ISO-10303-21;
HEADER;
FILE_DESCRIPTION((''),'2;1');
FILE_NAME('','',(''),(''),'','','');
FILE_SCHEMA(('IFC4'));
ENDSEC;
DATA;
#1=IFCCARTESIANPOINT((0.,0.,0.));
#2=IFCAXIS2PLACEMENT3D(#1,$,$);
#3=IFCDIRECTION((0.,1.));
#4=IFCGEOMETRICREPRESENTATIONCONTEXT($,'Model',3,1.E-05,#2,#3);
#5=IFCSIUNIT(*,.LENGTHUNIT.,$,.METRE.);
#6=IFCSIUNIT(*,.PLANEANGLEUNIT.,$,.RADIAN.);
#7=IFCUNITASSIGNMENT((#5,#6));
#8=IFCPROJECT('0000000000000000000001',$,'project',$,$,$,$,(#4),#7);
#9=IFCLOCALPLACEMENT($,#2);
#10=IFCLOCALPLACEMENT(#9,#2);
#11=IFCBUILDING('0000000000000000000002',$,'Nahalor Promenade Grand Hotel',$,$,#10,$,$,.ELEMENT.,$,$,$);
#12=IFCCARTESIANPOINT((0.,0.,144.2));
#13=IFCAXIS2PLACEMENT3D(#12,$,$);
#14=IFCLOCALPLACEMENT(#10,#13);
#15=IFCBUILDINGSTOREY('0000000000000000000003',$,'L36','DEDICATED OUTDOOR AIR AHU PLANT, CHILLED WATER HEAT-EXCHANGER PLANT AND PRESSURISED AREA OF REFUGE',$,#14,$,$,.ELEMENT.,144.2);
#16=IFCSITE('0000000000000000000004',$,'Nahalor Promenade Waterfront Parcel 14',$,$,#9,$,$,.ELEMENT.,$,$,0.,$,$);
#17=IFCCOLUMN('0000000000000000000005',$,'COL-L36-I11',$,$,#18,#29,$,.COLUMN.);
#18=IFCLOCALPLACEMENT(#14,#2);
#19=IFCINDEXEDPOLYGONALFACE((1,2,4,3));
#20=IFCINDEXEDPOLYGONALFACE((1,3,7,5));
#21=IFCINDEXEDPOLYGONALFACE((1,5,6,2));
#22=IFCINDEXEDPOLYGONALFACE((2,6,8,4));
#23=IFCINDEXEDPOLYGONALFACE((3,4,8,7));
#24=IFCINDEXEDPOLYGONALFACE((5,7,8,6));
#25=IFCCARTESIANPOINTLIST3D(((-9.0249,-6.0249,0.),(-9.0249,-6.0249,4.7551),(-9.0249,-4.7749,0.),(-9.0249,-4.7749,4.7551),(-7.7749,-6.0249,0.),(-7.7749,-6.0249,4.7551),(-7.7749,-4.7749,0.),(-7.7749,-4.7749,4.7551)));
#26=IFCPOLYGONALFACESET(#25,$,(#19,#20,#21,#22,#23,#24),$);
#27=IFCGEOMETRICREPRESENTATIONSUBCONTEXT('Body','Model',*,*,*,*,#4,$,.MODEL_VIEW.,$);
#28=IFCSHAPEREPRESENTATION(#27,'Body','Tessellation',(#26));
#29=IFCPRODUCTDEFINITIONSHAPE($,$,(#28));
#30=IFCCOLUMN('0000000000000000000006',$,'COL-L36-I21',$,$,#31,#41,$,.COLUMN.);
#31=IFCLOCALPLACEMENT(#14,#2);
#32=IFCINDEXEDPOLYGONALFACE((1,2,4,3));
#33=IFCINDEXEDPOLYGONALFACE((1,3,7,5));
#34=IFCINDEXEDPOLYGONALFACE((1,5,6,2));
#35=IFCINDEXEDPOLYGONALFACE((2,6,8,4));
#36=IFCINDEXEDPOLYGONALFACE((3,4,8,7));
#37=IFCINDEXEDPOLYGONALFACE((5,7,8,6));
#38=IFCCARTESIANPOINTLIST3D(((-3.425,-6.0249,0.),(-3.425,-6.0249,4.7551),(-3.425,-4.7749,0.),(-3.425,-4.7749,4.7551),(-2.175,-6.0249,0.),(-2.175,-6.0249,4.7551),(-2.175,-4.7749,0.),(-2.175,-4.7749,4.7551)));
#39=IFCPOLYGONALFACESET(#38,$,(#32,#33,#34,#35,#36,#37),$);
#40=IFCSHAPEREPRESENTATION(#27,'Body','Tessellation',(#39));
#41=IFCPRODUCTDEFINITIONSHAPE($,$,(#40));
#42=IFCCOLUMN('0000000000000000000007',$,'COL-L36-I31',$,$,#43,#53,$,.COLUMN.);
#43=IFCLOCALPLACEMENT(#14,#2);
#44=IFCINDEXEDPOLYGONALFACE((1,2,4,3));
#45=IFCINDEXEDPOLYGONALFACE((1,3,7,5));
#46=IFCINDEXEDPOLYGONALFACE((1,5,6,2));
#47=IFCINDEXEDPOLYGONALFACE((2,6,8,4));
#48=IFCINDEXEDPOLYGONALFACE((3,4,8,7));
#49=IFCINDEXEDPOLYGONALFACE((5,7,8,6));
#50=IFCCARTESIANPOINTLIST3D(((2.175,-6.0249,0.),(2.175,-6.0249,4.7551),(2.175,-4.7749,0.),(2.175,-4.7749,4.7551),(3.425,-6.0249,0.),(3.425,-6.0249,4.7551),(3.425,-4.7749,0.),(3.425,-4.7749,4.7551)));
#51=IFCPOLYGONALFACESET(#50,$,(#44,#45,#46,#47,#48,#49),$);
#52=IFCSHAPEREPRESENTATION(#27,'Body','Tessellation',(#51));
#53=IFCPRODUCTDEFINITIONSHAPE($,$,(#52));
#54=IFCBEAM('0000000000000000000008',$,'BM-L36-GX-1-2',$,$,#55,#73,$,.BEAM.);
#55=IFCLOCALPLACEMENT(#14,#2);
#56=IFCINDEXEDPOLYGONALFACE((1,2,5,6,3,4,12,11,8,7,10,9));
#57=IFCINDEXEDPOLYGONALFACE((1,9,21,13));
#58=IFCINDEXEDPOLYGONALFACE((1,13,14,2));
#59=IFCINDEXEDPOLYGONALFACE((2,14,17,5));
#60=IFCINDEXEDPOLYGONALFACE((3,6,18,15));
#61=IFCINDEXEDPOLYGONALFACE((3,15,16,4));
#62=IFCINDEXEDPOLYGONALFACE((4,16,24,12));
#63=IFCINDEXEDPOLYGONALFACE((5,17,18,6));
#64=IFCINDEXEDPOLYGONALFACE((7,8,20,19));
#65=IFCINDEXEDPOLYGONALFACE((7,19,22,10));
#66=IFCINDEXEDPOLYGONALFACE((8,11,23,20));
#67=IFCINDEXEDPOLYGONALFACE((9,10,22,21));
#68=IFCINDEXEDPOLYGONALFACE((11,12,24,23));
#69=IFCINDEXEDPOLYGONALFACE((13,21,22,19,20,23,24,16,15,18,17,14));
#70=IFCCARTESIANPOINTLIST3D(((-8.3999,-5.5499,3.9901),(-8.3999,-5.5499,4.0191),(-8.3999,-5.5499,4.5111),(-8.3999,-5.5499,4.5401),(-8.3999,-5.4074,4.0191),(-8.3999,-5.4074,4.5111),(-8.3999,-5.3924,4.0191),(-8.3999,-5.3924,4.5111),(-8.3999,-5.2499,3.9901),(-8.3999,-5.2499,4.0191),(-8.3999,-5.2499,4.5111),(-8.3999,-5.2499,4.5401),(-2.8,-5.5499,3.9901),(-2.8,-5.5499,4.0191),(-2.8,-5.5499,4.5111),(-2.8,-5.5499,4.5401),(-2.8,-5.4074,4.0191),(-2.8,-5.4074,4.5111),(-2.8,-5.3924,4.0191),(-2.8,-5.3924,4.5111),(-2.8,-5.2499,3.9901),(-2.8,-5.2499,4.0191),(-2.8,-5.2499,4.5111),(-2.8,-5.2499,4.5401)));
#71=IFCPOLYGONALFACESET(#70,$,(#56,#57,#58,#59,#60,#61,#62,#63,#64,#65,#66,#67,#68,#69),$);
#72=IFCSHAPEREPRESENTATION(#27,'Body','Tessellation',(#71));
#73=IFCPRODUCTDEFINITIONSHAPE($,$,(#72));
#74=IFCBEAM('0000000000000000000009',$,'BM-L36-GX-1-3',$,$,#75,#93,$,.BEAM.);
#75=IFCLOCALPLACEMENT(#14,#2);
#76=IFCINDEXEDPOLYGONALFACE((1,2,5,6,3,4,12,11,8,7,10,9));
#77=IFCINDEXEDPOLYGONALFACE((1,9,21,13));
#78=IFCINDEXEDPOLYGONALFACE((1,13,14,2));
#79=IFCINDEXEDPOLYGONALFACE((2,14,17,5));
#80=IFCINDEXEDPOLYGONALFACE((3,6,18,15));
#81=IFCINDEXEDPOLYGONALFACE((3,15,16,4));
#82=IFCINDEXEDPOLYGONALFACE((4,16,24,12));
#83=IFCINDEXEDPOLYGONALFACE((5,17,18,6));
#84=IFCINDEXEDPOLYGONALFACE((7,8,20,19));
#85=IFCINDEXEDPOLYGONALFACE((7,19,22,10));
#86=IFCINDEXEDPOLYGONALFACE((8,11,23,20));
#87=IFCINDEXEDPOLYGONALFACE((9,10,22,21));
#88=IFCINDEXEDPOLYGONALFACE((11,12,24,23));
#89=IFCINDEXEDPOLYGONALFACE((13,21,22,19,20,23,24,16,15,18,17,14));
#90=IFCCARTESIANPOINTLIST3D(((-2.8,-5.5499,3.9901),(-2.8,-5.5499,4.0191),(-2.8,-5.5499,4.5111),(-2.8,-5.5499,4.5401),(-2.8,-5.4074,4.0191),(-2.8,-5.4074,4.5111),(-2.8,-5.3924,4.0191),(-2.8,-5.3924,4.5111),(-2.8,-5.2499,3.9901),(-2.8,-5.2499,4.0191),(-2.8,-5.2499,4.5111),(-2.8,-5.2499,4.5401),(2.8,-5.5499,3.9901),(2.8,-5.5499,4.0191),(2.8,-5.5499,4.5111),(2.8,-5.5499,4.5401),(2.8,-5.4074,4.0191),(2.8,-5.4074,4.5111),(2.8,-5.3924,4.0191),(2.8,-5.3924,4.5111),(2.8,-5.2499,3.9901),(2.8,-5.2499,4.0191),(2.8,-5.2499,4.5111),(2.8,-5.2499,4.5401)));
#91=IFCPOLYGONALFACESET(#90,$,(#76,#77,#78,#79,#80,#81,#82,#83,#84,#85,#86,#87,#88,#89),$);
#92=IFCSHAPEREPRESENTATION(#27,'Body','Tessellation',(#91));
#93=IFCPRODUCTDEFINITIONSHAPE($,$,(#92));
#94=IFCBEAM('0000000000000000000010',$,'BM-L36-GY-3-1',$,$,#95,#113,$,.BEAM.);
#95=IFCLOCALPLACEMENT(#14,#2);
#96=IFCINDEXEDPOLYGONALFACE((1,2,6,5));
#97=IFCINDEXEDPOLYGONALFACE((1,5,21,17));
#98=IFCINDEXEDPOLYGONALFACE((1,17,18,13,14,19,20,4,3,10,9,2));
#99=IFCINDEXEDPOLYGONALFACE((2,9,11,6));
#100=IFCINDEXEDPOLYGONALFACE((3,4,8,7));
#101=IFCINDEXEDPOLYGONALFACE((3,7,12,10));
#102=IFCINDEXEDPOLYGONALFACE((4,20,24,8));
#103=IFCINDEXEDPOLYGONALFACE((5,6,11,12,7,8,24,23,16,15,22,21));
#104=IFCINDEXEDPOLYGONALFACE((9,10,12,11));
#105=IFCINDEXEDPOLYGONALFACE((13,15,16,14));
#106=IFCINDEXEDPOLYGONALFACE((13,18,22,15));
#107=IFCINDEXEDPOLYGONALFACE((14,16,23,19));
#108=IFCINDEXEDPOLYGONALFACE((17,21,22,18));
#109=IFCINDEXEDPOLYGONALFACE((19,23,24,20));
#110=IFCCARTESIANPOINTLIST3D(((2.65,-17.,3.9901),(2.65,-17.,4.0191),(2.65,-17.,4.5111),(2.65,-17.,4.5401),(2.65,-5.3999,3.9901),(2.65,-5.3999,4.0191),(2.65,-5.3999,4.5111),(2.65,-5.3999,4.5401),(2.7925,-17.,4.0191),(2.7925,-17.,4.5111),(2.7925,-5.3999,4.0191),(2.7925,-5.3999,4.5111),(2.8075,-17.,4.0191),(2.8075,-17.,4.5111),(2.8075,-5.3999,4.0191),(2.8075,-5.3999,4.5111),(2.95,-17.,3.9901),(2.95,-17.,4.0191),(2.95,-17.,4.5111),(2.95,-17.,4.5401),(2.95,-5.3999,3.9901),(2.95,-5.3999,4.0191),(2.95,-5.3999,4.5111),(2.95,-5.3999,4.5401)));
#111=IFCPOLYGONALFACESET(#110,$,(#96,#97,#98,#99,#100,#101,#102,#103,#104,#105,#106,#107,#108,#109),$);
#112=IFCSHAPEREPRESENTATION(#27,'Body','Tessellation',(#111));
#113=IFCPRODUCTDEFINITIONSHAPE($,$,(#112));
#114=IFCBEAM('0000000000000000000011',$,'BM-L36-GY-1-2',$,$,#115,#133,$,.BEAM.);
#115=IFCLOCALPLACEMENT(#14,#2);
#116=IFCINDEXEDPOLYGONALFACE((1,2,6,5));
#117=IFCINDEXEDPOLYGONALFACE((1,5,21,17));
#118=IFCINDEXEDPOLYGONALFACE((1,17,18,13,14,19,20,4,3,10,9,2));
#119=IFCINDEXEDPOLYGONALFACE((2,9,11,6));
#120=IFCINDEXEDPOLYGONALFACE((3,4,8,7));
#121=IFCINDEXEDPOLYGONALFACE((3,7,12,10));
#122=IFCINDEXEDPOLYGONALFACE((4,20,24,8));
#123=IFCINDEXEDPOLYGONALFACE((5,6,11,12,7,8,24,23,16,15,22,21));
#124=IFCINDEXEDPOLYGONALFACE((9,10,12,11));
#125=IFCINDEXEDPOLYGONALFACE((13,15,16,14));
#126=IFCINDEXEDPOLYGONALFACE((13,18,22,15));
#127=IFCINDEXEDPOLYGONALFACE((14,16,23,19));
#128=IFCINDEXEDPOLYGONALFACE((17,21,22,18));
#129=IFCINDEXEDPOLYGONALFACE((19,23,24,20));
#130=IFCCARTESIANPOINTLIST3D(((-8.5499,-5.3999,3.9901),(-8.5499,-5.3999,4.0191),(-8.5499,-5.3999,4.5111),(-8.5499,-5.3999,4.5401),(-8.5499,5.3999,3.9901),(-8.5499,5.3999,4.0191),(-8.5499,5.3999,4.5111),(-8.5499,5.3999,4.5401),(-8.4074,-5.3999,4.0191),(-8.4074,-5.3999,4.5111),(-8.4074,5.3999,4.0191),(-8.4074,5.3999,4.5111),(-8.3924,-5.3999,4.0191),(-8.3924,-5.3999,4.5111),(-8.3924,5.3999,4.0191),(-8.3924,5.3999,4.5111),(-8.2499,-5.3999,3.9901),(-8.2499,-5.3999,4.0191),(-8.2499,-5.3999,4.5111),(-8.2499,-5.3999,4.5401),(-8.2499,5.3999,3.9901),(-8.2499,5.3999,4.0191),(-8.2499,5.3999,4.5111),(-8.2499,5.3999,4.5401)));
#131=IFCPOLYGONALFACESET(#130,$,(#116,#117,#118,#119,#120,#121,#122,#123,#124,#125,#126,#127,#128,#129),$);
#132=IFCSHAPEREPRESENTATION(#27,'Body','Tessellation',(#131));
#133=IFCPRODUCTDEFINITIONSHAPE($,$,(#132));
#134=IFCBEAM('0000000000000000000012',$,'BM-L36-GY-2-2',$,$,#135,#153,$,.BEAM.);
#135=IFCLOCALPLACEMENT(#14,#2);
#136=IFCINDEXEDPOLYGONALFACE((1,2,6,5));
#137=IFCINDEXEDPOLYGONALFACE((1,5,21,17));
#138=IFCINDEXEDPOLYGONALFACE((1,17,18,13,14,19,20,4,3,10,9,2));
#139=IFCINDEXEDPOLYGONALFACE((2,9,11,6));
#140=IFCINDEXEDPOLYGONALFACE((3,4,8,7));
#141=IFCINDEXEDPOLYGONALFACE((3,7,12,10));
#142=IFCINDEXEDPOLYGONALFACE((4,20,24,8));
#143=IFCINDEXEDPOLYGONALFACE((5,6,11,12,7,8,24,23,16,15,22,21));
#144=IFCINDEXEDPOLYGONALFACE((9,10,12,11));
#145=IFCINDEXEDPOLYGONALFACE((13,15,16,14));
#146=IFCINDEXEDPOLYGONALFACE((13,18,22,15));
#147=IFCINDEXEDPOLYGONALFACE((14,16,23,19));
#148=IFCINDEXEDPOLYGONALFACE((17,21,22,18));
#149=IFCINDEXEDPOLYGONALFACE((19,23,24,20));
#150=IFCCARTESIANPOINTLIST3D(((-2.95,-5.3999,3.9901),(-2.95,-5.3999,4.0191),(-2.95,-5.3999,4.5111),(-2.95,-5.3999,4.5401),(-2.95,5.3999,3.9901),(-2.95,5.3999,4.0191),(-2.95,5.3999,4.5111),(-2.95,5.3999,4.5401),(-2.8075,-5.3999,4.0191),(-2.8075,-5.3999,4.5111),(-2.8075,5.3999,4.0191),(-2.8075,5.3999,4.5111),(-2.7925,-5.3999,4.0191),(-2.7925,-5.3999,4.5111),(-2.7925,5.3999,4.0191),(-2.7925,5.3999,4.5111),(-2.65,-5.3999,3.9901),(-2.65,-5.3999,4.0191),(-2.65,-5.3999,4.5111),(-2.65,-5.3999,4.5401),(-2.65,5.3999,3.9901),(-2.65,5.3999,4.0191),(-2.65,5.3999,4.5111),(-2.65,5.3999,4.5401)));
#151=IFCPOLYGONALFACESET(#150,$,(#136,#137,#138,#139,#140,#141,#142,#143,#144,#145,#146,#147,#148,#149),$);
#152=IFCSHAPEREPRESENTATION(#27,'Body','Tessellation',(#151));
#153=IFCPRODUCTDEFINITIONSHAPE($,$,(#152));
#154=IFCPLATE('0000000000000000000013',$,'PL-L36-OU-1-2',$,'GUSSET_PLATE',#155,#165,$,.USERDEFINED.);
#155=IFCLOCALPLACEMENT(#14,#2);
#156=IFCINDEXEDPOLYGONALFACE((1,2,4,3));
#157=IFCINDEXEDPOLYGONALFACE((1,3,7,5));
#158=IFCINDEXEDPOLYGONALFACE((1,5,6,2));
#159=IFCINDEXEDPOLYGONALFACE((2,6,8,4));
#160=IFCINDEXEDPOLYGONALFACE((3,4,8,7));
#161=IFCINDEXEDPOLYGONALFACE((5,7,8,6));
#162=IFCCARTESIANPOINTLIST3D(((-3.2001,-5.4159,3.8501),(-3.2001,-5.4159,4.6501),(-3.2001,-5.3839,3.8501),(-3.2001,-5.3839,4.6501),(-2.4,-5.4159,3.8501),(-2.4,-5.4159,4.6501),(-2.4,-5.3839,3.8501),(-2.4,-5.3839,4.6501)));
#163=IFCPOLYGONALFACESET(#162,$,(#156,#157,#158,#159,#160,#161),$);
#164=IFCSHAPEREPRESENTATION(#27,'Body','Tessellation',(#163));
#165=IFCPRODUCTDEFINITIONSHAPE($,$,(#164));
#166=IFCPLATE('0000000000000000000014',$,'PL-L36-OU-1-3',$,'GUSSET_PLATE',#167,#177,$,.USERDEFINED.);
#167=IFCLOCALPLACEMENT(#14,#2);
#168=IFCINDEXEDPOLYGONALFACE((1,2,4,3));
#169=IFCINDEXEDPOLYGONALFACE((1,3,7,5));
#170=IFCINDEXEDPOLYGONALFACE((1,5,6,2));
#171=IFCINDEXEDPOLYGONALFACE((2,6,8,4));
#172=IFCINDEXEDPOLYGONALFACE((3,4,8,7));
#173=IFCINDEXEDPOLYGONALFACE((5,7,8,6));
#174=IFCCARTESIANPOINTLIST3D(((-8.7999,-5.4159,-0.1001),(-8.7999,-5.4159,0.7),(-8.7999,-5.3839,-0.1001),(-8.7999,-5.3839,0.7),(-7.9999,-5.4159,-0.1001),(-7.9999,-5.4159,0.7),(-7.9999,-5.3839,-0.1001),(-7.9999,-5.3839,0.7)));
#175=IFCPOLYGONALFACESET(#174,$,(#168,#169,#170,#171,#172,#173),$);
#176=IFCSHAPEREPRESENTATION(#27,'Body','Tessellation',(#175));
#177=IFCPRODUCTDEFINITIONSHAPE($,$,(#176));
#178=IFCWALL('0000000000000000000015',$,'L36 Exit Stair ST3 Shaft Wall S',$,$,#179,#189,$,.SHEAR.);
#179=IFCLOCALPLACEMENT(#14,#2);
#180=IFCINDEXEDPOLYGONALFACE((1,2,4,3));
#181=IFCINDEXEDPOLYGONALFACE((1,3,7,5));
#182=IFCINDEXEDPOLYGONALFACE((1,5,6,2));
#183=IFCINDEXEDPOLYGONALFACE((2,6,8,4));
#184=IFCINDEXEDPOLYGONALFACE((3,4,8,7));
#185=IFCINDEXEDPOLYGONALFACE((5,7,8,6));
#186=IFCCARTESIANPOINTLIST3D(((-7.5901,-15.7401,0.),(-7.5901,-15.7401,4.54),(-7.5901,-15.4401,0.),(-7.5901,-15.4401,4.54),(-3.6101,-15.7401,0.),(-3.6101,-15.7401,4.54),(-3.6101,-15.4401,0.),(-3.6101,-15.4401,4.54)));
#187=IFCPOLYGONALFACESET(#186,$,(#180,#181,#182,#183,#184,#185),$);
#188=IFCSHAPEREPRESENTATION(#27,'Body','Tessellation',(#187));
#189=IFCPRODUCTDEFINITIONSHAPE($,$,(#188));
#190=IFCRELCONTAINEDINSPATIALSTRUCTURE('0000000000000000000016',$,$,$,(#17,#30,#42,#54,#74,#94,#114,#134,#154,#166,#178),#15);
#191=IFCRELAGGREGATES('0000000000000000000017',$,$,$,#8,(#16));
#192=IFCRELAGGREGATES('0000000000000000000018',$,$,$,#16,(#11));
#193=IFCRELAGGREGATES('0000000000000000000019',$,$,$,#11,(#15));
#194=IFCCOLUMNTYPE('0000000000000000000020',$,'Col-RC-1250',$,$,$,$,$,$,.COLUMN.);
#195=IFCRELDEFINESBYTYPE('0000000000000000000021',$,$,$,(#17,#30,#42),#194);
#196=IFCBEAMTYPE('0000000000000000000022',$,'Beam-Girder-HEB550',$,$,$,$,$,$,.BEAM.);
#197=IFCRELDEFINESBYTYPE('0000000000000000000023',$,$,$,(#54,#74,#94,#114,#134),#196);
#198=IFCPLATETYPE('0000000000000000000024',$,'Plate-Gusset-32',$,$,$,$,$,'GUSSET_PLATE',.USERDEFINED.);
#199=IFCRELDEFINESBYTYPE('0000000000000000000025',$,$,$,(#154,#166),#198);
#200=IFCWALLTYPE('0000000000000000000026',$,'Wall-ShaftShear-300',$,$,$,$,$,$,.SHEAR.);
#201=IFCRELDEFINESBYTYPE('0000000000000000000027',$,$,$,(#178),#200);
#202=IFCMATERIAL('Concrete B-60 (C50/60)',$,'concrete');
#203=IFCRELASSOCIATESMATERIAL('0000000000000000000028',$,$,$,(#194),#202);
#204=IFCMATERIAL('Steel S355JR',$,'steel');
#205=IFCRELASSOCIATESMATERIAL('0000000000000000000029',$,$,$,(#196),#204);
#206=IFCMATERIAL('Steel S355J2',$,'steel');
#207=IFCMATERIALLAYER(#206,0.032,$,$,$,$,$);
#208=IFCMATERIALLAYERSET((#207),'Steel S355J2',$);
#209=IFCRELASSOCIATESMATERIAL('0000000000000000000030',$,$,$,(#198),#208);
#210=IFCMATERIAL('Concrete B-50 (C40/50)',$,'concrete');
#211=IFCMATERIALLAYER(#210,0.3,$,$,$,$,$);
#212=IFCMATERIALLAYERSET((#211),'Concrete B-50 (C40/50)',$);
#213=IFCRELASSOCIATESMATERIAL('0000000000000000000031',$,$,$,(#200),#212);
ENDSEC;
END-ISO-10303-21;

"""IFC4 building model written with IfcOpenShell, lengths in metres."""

from ifc_helpers import new_model, si_unit, direction, frame, frame_2d, origin, origin_2d, place, context, subcontext, project, spatial, rectangle, i_section, extrude, source, transform, mapped, material, layer, layer_set, material_profile, profile_set, type_object, element, save


model = new_model("IFC4")

# Units and contexts
model_context = context("Model", 3, precision=1e-05, world=origin(), true_north=direction((0.0, 1.0)))
body_context = subcontext(model_context, "Body", "Model", "MODEL_VIEW")
ifc_project = project(units=[si_unit("LENGTHUNIT", "METRE"), si_unit("PLANEANGLEUNIT", "RADIAN")], contexts=[model_context])

# Site, building, storey
site_placement = place(None, origin())
site = spatial("IfcSite", under=ifc_project, at=site_placement, Name="Nahalor Promenade Waterfront Parcel 14", CompositionType="ELEMENT", RefElevation=0.0)
building_placement = place(site_placement, origin())
building = spatial("IfcBuilding", under=site, at=building_placement, Name="Nahalor Promenade Grand Hotel", CompositionType="ELEMENT")
storey_placement = place(building_placement, frame((0.0, 0.0, 144.2)))
storey = spatial("IfcBuildingStorey", under=building, at=storey_placement, Name="L36", Description="DEDICATED OUTDOOR AIR AHU PLANT, CHILLED WATER HEAT-EXCHANGER PLANT AND PRESSURISED AREA OF REFUGE", CompositionType="ELEMENT", Elevation=144.2)

# Columns
ifc_material_1 = material(Name="Concrete B-60 (C50/60)", Category="concrete")
ifc_material_profile_1 = material_profile(ifc_material_1, rectangle(XDim=1.25, YDim=1.25, at=origin_2d()), Name="RC 1250x1250")
ifc_profile_set_1 = profile_set([ifc_material_profile_1], Name="Concrete B-60 (C50/60)")
column_type = type_object("IfcColumnType", Name="Col-RC-1250", PredefinedType="COLUMN", material=ifc_profile_set_1)
shared_shape_1 = source(origin(), body_context, "Body", "SweptSolid", [
    extrude(rectangle(XDim=1.25, YDim=1.25, at=origin_2d()), origin(), (0.0, 0.0, 1.0), 4.7551),
])
for number, where, z_axis, x_axis, name in (
    (1, (-8.3999, -5.3999, 0.0), (0.0, 0.0, 1.0), (1.0, 0.0, 0.0), "COL-L36-I11"),
    (2, (-2.8, -5.3999, 0.0), (0.0, 0.0, 1.0), (1.0, 0.0, 0.0), "COL-L36-I21"),
    (3, (2.8, -5.3999, 0.0), (0.0, 0.0, 1.0), (1.0, 0.0, 0.0), "COL-L36-I31"),
):
    element("IfcColumn", number, at=place(storey_placement, frame(where, z_axis=z_axis, x_axis=x_axis)), inside=storey, type_object=column_type, Name=name, PredefinedType="COLUMN", context=body_context, shape_type="MappedRepresentation", body=[
        mapped(shared_shape_1, transform((0.0, 0.0, 0.0), scale=1.0)),
    ])

# Beams
ifc_material_2 = material(Name="Steel S355JR", Category="steel")
ifc_material_profile_2 = material_profile(ifc_material_2, i_section(OverallWidth=0.3, OverallDepth=0.55, WebThickness=0.015, FlangeThickness=0.029, at=origin_2d()), Name="HEB 550")
ifc_profile_set_2 = profile_set([ifc_material_profile_2], Name="Steel S355JR")
beam_type = type_object("IfcBeamType", Name="Beam-Girder-HEB550", PredefinedType="BEAM", material=ifc_profile_set_2)
shared_shape_2 = source(origin(), body_context, "Body", "SweptSolid", [
    extrude(i_section(OverallWidth=0.3, OverallDepth=0.55, WebThickness=0.015, FlangeThickness=0.029, at=origin_2d()), origin(), (0.0, 0.0, 1.0), 5.5999),
])
beam_1_placement = place(storey_placement, frame((-8.3999, -5.3999, 4.2651), z_axis=(1.0, 0.0, 0.0), x_axis=(0.0, 1.0, 0.0)))
element("IfcBeam", 4, at=beam_1_placement, inside=storey, type_object=beam_type, Name="BM-L36-GX-1-2", PredefinedType="BEAM", context=body_context, shape_type="MappedRepresentation", body=[
    mapped(shared_shape_2, transform((0.0, 0.0, 0.0), scale=1.0)),
])
shared_shape_3 = source(origin(), body_context, "Body", "SweptSolid", [
    extrude(i_section(OverallWidth=0.3, OverallDepth=0.55, WebThickness=0.015, FlangeThickness=0.029, at=origin_2d()), origin(), (0.0, 0.0, 1.0), 5.6001),
])
beam_2_placement = place(storey_placement, frame((-2.8, -5.3999, 4.2651), z_axis=(1.0, 0.0, 0.0), x_axis=(0.0, 1.0, 0.0)))
element("IfcBeam", 5, at=beam_2_placement, inside=storey, type_object=beam_type, Name="BM-L36-GX-1-3", PredefinedType="BEAM", context=body_context, shape_type="MappedRepresentation", body=[
    mapped(shared_shape_3, transform((0.0, 0.0, 0.0), scale=1.0)),
])
shared_shape_4 = source(origin(), body_context, "Body", "SweptSolid", [
    extrude(i_section(OverallWidth=0.3, OverallDepth=0.55, WebThickness=0.015, FlangeThickness=0.029, at=origin_2d()), origin(), (0.0, 0.0, 1.0), 11.6001),
])
beam_3_placement = place(storey_placement, frame((2.8, -17.0, 4.2651), z_axis=(0.0, 1.0, 0.0), x_axis=(-1.0, 0.0, 0.0)))
element("IfcBeam", 6, at=beam_3_placement, inside=storey, type_object=beam_type, Name="BM-L36-GY-3-1", PredefinedType="BEAM", context=body_context, shape_type="MappedRepresentation", body=[
    mapped(shared_shape_4, transform((0.0, 0.0, 0.0), scale=1.0)),
])
shared_shape_5 = source(origin(), body_context, "Body", "SweptSolid", [
    extrude(i_section(OverallWidth=0.3, OverallDepth=0.55, WebThickness=0.015, FlangeThickness=0.029, at=origin_2d()), origin(), (0.0, 0.0, 1.0), 10.7998),
])
for number, where, z_axis, x_axis, name in (
    (7, (-8.3999, -5.3999, 4.2651), (0.0, 1.0, 0.0), (-1.0, 0.0, 0.0), "BM-L36-GY-1-2"),
    (8, (-2.8, -5.3999, 4.2651), (0.0, 1.0, 0.0), (-1.0, 0.0, 0.0), "BM-L36-GY-2-2"),
):
    element("IfcBeam", number, at=place(storey_placement, frame(where, z_axis=z_axis, x_axis=x_axis)), inside=storey, type_object=beam_type, Name=name, PredefinedType="BEAM", context=body_context, shape_type="MappedRepresentation", body=[
        mapped(shared_shape_5, transform((0.0, 0.0, 0.0), scale=1.0)),
    ])

# Plates
ifc_material_3 = material(Name="Steel S355J2", Category="steel")
ifc_layer_1 = layer(ifc_material_3, 0.032)
ifc_layer_set_1 = layer_set([ifc_layer_1], Name="Steel S355J2")
plate_type = type_object("IfcPlateType", Name="Plate-Gusset-32", ElementType="GUSSET_PLATE", PredefinedType="USERDEFINED", material=ifc_layer_set_1)
shared_shape_6 = source(origin(), body_context, "Body", "SweptSolid", [
    extrude(rectangle(XDim=0.8, YDim=0.032, at=origin_2d()), origin(), (0.0, 0.0, 1.0), 0.8),
])
for number, where, z_axis, x_axis, name in (
    (9, (-2.8, -5.3999, 3.8501), (0.0, 0.0, 1.0), (1.0, 0.0, 0.0), "PL-L36-OU-1-2"),
    (10, (-8.3999, -5.3999, -0.1001), (0.0, 0.0, 1.0), (1.0, 0.0, 0.0), "PL-L36-OU-1-3"),
):
    element("IfcPlate", number, at=place(storey_placement, frame(where, z_axis=z_axis, x_axis=x_axis)), inside=storey, type_object=plate_type, Name=name, ObjectType="GUSSET_PLATE", PredefinedType="USERDEFINED", context=body_context, shape_type="MappedRepresentation", body=[
        mapped(shared_shape_6, transform((0.0, 0.0, 0.0), scale=1.0)),
    ])

# Wall
ifc_material_4 = material(Name="Concrete B-50 (C40/50)", Category="concrete")
ifc_layer_2 = layer(ifc_material_4, 0.3)
ifc_layer_set_2 = layer_set([ifc_layer_2], Name="Concrete B-50 (C40/50)")
wall_type_1 = type_object("IfcWallType", Name="Wall-ShaftShear-300", PredefinedType="SHEAR", material=ifc_layer_set_2)
shared_shape_7 = source(origin(), body_context, "Body", "SweptSolid", [
    extrude(rectangle(XDim=3.98, YDim=0.3, at=frame_2d((1.99, 0.0))), origin(), (0.0, 0.0, 1.0), 4.54),
])
wall_1_placement = place(storey_placement, frame((-7.5901, -15.5901, 0.0), z_axis=(0.0, 0.0, 1.0), x_axis=(1.0, 0.0, 0.0)))
element("IfcWall", 11, at=wall_1_placement, inside=storey, type_object=wall_type_1, Name="L36 Exit Stair ST3 Shaft Wall S", PredefinedType="SHEAR", context=body_context, shape_type="MappedRepresentation", body=[
    mapped(shared_shape_7, transform((0.0, 0.0, 0.0), scale=1.0)),
])

save(model, "model.ifc")
